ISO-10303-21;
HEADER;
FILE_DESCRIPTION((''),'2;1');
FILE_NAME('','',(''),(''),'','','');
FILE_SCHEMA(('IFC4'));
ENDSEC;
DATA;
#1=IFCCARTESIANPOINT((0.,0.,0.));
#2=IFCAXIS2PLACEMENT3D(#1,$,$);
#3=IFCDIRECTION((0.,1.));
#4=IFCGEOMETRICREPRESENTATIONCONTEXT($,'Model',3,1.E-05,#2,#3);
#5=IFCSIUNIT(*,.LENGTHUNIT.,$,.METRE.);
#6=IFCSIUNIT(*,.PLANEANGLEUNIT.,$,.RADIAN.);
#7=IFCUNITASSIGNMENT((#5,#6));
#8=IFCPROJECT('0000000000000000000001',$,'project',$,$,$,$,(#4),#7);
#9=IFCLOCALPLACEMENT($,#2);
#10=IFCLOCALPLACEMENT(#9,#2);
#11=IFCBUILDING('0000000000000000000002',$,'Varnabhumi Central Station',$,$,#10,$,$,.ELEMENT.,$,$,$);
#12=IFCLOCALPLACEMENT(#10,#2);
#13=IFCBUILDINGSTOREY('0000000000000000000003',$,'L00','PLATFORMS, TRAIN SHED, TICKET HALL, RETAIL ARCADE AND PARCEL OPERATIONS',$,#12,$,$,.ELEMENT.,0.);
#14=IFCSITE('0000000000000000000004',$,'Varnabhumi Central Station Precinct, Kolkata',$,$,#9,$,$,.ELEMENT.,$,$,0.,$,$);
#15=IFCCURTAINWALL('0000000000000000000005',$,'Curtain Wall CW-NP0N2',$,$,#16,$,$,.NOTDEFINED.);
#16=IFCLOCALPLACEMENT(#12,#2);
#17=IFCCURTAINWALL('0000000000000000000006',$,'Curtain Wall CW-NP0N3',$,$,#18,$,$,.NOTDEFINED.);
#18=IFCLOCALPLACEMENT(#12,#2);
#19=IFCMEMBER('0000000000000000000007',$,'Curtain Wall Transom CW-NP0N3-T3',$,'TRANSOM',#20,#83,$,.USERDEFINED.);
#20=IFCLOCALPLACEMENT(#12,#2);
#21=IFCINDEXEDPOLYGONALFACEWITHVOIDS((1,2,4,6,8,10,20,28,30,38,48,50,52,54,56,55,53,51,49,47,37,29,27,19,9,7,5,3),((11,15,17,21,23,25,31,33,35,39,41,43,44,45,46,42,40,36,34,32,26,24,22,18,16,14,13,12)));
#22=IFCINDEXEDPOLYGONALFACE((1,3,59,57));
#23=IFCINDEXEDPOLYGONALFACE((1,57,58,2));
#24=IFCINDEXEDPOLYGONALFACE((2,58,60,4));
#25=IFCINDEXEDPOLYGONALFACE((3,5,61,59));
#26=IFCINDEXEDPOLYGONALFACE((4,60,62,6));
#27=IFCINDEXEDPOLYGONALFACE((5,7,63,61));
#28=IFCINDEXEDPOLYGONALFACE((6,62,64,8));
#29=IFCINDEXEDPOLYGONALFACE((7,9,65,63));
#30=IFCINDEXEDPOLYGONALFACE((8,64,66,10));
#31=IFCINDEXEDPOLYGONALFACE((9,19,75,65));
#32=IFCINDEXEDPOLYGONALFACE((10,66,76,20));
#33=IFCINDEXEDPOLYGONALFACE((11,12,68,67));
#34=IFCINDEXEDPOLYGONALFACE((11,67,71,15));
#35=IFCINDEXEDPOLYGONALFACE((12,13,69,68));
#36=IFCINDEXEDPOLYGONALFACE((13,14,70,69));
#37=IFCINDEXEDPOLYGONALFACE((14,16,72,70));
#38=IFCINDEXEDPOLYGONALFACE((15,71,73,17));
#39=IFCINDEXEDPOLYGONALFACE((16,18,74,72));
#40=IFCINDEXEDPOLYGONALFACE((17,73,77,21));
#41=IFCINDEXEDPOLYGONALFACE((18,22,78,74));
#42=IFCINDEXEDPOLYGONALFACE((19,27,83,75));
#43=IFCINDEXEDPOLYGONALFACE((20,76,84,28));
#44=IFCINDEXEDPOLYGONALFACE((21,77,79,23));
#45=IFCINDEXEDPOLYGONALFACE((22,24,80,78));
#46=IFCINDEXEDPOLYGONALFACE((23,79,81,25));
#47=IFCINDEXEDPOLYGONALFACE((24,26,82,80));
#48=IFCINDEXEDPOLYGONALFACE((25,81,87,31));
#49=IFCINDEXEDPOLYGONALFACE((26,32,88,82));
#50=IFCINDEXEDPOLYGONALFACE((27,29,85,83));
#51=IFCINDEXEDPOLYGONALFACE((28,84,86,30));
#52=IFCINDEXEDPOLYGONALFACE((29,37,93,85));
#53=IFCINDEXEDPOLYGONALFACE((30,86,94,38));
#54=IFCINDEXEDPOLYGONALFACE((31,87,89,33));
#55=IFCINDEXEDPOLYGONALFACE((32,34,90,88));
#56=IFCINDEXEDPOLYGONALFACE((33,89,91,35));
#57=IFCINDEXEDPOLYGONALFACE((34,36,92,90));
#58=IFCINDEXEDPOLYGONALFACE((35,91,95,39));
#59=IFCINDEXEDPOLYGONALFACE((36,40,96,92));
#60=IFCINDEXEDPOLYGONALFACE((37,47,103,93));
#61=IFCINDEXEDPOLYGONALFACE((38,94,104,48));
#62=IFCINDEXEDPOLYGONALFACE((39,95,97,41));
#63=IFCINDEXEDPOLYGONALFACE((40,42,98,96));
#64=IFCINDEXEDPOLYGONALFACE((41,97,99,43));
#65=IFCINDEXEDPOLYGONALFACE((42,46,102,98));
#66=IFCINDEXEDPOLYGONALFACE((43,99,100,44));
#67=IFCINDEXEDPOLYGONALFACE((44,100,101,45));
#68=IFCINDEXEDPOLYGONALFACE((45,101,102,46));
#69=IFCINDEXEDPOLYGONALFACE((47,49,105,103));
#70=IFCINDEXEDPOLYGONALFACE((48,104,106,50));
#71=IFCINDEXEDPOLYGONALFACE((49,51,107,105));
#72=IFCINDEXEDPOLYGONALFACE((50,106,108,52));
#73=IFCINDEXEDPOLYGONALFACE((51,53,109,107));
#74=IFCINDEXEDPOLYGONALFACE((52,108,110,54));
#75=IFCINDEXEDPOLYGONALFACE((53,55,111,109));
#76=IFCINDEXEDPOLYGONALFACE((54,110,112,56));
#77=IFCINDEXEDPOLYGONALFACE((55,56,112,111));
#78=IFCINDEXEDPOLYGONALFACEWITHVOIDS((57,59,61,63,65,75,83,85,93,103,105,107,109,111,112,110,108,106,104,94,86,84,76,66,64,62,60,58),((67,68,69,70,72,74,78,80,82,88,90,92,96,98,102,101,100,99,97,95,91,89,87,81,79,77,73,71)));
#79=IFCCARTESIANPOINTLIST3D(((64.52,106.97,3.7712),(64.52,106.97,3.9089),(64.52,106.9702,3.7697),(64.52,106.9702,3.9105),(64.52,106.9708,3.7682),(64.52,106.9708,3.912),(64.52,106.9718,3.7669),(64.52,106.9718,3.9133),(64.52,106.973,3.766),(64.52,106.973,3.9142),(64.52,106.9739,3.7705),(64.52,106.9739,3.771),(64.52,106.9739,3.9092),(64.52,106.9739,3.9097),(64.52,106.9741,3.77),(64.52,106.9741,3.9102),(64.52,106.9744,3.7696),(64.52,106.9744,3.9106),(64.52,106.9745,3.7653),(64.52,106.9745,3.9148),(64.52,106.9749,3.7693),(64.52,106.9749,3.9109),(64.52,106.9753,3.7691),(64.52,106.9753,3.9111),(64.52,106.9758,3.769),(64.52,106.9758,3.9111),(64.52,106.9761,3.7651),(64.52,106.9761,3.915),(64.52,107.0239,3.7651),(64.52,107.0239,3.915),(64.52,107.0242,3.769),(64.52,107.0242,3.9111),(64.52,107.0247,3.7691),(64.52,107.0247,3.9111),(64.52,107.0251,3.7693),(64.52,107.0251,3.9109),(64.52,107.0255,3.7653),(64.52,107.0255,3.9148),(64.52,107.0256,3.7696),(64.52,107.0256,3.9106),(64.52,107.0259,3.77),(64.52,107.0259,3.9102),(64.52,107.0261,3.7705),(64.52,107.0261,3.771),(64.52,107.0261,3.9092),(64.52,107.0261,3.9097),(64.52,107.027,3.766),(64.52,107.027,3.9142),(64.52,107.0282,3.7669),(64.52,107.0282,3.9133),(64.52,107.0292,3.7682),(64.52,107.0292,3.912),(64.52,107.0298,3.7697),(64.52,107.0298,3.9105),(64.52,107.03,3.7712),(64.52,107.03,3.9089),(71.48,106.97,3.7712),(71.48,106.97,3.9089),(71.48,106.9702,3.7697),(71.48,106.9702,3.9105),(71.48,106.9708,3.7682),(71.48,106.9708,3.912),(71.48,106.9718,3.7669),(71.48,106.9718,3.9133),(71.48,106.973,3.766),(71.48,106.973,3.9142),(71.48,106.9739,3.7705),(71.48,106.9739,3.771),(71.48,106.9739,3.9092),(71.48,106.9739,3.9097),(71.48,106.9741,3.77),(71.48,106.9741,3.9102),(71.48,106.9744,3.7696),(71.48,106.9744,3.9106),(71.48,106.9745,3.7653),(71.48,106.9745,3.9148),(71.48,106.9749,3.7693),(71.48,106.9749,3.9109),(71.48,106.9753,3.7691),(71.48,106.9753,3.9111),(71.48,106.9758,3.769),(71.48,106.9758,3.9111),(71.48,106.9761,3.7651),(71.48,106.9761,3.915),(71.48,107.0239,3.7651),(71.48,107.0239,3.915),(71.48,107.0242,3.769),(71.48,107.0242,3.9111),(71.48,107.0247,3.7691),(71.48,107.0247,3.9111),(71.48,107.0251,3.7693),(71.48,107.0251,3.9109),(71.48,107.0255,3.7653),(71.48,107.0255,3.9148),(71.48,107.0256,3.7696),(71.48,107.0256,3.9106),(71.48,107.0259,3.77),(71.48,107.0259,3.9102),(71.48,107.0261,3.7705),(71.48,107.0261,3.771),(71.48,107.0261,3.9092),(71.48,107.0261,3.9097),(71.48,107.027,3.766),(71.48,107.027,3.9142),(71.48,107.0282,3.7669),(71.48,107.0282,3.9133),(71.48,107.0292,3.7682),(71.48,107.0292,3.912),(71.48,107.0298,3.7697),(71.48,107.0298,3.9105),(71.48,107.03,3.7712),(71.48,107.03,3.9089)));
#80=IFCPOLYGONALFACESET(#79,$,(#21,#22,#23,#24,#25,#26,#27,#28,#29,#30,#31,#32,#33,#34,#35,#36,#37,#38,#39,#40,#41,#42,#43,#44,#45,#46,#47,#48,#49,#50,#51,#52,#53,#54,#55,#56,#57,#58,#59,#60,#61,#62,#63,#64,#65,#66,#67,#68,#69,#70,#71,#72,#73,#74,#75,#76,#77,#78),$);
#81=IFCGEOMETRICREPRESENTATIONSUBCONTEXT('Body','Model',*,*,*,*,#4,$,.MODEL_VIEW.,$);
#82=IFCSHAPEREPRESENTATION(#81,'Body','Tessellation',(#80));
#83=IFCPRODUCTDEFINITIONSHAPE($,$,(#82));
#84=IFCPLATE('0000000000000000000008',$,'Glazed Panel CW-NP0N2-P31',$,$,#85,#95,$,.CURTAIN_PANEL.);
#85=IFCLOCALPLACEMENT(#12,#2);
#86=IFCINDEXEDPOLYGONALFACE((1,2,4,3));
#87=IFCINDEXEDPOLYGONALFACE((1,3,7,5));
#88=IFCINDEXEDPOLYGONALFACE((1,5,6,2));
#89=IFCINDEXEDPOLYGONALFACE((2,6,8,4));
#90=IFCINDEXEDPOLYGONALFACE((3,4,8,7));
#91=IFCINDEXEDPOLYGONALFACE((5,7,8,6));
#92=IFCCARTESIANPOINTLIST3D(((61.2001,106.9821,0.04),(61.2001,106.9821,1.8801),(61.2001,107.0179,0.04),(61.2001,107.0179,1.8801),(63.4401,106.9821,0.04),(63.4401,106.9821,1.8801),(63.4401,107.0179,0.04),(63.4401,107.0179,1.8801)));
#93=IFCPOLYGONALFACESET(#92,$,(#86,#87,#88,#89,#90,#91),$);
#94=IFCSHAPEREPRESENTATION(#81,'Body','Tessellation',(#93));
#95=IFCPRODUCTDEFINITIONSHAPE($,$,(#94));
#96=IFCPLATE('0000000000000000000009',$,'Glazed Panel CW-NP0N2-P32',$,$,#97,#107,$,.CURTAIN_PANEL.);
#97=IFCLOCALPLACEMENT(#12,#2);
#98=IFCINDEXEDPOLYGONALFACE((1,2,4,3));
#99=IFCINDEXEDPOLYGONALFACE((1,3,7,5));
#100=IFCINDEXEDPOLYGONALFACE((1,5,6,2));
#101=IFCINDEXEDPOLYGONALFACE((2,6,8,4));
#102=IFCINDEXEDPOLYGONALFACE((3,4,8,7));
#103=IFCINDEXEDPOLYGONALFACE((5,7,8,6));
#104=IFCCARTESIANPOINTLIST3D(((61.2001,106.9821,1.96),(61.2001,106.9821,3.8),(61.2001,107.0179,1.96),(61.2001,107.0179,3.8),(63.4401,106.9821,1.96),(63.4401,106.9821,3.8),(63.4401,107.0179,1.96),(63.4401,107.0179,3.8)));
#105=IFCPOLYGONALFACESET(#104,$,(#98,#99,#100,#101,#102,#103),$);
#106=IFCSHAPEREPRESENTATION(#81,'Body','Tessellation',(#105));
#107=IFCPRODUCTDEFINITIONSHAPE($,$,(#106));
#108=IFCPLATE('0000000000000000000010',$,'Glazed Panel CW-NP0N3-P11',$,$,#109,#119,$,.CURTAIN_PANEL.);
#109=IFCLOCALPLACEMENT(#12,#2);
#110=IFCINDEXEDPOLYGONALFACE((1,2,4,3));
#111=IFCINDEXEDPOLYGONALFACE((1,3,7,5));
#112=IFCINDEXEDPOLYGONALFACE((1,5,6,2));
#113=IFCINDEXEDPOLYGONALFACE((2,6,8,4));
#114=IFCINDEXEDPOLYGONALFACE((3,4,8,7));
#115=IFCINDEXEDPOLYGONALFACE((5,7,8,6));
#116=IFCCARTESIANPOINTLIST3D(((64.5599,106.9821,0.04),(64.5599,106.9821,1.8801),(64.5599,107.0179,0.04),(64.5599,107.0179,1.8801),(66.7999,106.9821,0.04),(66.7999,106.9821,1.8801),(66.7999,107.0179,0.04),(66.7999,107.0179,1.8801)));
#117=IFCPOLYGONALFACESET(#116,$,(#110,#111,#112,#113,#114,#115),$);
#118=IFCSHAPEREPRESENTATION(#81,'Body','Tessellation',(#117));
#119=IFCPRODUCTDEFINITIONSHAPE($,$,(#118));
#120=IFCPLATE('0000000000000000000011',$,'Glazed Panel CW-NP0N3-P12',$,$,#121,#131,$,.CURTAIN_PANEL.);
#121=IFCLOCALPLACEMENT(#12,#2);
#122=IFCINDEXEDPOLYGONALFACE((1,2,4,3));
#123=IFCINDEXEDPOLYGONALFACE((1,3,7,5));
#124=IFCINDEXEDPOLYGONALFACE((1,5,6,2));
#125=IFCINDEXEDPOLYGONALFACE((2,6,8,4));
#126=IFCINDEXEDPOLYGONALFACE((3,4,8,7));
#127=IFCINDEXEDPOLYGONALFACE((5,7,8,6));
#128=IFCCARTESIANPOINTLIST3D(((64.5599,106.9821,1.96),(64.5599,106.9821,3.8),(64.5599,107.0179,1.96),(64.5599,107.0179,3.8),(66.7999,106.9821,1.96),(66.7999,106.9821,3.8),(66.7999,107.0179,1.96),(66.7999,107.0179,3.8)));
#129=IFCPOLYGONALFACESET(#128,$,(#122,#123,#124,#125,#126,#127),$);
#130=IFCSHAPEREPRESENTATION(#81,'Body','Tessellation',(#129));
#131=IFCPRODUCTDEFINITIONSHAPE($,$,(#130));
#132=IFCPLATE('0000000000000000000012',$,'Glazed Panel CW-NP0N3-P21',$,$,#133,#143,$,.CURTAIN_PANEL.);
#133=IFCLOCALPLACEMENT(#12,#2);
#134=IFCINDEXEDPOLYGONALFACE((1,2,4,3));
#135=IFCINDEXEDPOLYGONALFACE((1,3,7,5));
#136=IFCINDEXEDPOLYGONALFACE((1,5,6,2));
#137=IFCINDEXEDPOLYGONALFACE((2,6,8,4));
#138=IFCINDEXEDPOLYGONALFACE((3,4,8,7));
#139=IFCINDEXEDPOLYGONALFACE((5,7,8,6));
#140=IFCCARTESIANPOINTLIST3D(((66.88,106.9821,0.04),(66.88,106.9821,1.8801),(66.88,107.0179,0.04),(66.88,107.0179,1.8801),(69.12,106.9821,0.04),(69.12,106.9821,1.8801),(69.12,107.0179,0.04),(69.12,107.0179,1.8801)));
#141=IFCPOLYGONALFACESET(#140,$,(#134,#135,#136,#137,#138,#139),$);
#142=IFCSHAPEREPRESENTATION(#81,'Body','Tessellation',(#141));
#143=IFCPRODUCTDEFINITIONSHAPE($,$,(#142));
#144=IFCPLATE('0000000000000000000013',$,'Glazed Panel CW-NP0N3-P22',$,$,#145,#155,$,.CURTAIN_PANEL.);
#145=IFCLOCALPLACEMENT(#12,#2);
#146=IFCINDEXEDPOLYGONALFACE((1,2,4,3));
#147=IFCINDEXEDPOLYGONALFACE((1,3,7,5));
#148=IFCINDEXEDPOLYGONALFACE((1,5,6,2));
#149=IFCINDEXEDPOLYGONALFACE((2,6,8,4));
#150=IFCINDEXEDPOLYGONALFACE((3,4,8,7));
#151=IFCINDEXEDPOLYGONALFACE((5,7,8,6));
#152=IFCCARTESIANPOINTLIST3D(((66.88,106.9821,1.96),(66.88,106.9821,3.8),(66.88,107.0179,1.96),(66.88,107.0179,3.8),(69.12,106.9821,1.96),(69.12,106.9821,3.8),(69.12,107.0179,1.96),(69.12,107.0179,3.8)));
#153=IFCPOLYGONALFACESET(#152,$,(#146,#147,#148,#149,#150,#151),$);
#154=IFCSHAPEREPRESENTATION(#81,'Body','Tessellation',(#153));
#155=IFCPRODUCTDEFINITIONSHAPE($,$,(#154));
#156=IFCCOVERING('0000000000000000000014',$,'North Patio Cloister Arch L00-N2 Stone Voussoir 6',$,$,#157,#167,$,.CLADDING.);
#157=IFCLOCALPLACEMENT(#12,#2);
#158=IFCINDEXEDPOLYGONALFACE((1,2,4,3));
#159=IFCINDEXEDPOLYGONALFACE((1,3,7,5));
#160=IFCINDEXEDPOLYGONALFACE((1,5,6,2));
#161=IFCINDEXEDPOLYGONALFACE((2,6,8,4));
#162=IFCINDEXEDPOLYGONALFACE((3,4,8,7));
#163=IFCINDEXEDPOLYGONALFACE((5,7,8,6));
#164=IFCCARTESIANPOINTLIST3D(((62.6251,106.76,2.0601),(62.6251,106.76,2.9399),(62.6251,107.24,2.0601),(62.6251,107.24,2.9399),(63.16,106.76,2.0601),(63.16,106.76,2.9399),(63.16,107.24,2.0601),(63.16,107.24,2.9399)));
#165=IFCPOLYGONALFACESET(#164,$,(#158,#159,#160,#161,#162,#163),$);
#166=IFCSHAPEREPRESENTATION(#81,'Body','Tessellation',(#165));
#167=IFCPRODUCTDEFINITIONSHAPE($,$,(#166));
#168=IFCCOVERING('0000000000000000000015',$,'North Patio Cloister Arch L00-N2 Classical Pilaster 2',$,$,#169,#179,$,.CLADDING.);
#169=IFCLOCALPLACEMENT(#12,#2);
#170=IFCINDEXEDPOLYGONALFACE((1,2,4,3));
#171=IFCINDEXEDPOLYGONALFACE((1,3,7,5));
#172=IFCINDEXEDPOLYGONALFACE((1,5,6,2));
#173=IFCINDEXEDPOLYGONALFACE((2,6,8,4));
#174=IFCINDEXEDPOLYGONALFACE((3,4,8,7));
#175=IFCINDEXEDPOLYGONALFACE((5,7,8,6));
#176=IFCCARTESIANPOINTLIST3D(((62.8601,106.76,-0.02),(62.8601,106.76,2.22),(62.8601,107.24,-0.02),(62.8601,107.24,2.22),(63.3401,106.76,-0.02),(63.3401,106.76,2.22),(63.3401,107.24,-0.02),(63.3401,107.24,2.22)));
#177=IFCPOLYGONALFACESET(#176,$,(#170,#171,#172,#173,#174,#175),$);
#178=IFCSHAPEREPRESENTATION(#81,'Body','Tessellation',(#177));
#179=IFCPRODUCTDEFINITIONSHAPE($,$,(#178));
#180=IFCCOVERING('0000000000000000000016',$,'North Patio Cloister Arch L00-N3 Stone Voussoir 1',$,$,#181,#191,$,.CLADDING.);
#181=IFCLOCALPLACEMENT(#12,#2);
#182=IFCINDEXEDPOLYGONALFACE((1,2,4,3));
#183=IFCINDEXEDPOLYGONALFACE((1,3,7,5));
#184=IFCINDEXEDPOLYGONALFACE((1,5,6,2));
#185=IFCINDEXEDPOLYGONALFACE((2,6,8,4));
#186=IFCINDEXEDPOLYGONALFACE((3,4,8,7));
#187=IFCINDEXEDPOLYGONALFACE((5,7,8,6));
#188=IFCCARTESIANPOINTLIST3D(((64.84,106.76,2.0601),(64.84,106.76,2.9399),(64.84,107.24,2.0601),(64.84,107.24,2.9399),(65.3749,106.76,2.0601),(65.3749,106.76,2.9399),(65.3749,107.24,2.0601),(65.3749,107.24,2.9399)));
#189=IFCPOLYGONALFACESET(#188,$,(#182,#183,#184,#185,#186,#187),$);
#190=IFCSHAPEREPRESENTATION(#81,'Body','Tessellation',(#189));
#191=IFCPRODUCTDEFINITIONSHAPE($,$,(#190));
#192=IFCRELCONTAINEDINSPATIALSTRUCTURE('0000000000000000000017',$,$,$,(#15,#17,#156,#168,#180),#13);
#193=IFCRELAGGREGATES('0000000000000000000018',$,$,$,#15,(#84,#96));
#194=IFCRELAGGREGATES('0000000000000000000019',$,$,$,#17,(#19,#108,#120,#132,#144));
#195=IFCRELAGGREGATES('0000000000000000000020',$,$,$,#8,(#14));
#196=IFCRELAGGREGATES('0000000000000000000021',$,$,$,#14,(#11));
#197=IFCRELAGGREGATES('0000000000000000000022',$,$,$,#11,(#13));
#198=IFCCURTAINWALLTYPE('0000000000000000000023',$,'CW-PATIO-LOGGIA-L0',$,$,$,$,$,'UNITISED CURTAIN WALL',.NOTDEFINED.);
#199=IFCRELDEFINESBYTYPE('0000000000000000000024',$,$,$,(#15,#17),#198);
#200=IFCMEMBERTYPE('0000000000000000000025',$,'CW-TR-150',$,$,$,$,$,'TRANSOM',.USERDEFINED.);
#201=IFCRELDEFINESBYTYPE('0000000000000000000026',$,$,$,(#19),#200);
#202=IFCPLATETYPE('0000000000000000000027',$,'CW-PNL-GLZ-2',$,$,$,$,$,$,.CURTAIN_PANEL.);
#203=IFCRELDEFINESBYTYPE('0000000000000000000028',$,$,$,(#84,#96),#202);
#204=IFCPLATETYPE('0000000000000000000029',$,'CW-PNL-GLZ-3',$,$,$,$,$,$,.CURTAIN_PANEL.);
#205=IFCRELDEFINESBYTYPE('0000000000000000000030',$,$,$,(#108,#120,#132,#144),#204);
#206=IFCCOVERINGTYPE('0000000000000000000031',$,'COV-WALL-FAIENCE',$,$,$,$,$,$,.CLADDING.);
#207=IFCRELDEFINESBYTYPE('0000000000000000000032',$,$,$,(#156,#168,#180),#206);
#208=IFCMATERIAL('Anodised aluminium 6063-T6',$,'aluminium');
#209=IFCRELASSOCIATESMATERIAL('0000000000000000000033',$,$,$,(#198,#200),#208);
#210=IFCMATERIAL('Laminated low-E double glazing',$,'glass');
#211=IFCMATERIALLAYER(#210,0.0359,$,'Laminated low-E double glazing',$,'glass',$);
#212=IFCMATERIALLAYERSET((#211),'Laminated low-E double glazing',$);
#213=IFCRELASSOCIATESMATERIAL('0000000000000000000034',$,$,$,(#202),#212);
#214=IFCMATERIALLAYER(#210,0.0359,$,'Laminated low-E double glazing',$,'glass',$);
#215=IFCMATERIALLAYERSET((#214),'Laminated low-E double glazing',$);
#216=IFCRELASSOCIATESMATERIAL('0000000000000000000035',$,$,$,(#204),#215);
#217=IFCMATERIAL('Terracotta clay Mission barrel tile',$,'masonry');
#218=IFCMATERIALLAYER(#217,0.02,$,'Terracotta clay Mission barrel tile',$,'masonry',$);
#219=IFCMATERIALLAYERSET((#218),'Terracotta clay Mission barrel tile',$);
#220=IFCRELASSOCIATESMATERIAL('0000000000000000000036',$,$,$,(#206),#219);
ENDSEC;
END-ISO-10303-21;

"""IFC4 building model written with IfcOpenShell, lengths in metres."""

from ifc_helpers import new_model, si_unit, direction, frame, origin, origin_2d, place, context, subcontext, project, spatial, rectangle, hollow_rectangle, extrude, material, layer, layer_set, material_profile, profile_set, type_object, element, aggregate, save


model = new_model("IFC4")

# Units and contexts
model_context = context("Model", 3, precision=1e-05, world=origin(), true_north=direction((0.0, 1.0)))
body_context = subcontext(model_context, "Body", "Model", "MODEL_VIEW")
ifc_project = project(units=[si_unit("LENGTHUNIT", "METRE"), si_unit("PLANEANGLEUNIT", "RADIAN")], contexts=[model_context])

# Site, building, storey
site_placement = place(None, origin())
site = spatial("IfcSite", under=ifc_project, at=site_placement, Name="Varnabhumi Central Station Precinct, Kolkata", CompositionType="ELEMENT", RefElevation=0.0)
building_placement = place(site_placement, origin())
building = spatial("IfcBuilding", under=site, at=building_placement, Name="Varnabhumi Central Station", CompositionType="ELEMENT")
storey_placement = place(building_placement, origin())
storey = spatial("IfcBuildingStorey", under=building, at=storey_placement, Name="L00", Description="PLATFORMS, TRAIN SHED, TICKET HALL, RETAIL ARCADE AND PARCEL OPERATIONS", CompositionType="ELEMENT", Elevation=0.0)

# Curtain wall
ifc_material_1 = material(Name="Anodised aluminium 6063-T6", Category="aluminium")
curtain_wall_type = type_object("IfcCurtainWallType", Name="CW-PATIO-LOGGIA-L0", ElementType="UNITISED CURTAIN WALL", PredefinedType="NOTDEFINED", material=ifc_material_1)
curtain_wall_1_placement = place(storey_placement, origin())
curtain_wall_1 = element("IfcCurtainWall", 1, at=curtain_wall_1_placement, inside=storey, type_object=curtain_wall_type, Name="Curtain Wall CW-NP0N2", PredefinedType="NOTDEFINED")

# Curtain wall, member
curtain_wall_2_placement = place(storey_placement, origin())
curtain_wall_2 = element("IfcCurtainWall", 2, at=curtain_wall_2_placement, inside=storey, type_object=curtain_wall_type, Name="Curtain Wall CW-NP0N3", PredefinedType="NOTDEFINED")
ifc_material_profile_1 = material_profile(ifc_material_1, hollow_rectangle(XDim=0.0601, YDim=0.1499, WallThickness=0.0039, InnerFilletRadius=0.002, OuterFilletRadius=0.0061, at=origin_2d()), Name="Anodised aluminium 6063-T6", Category="aluminium")
ifc_profile_set_1 = profile_set([ifc_material_profile_1], Name="Anodised aluminium 6063-T6")
member_type_1 = type_object("IfcMemberType", Name="CW-TR-150", ElementType="TRANSOM", PredefinedType="USERDEFINED", material=ifc_profile_set_1)
member_1_placement = place(storey_placement, frame((64.52, 107.0, 3.8401), z_axis=(1.0, 0.0, 0.0), x_axis=(0.0, 1.0, 0.0)))
member_1 = element("IfcMember", 3, at=member_1_placement, type_object=member_type_1, Name="Curtain Wall Transom CW-NP0N3-T3", ObjectType="TRANSOM", PredefinedType="USERDEFINED", context=body_context, shape_type="SweptSolid", body=[
    extrude(hollow_rectangle(XDim=0.0601, YDim=0.1499, WallThickness=0.0039, InnerFilletRadius=0.002, OuterFilletRadius=0.0061, at=origin_2d()), origin(), (0.0, 0.0, 1.0), 6.96),
])

# Plates
ifc_material_2 = material(Name="Laminated low-E double glazing", Category="glass")
ifc_layer_1 = layer(ifc_material_2, 0.0359, Name="Laminated low-E double glazing", Category="glass")
ifc_layer_set_1 = layer_set([ifc_layer_1], Name="Laminated low-E double glazing")
plate_type_1 = type_object("IfcPlateType", Name="CW-PNL-GLZ-2", PredefinedType="CURTAIN_PANEL", material=ifc_layer_set_1)
plate_1_placement = place(storey_placement, frame((62.3201, 107.0, 0.04), z_axis=(0.0, 0.0, 1.0), x_axis=(1.0, 0.0, 0.0)))
plate_1 = element("IfcPlate", 4, at=plate_1_placement, type_object=plate_type_1, Name="Glazed Panel CW-NP0N2-P31", PredefinedType="CURTAIN_PANEL", context=body_context, shape_type="SweptSolid", body=[
    extrude(rectangle(XDim=2.24, YDim=0.0359, at=origin_2d()), origin(), (0.0, 0.0, 1.0), 1.8401),
])
plate_2_placement = place(storey_placement, frame((62.3201, 107.0, 1.96), z_axis=(0.0, 0.0, 1.0), x_axis=(1.0, 0.0, 0.0)))
plate_2 = element("IfcPlate", 5, at=plate_2_placement, type_object=plate_type_1, Name="Glazed Panel CW-NP0N2-P32", PredefinedType="CURTAIN_PANEL", context=body_context, shape_type="SweptSolid", body=[
    extrude(rectangle(XDim=2.24, YDim=0.0359, at=origin_2d()), origin(), (0.0, 0.0, 1.0), 1.8401),
])
aggregate(curtain_wall_1, [plate_1, plate_2])
ifc_layer_2 = layer(ifc_material_2, 0.0359, Name="Laminated low-E double glazing", Category="glass")
ifc_layer_set_2 = layer_set([ifc_layer_2], Name="Laminated low-E double glazing")
plate_type_2 = type_object("IfcPlateType", Name="CW-PNL-GLZ-3", PredefinedType="CURTAIN_PANEL", material=ifc_layer_set_2)
plate_3_placement = place(storey_placement, frame((65.6799, 107.0, 0.04), z_axis=(0.0, 0.0, 1.0), x_axis=(1.0, 0.0, 0.0)))
plate_3 = element("IfcPlate", 6, at=plate_3_placement, type_object=plate_type_2, Name="Glazed Panel CW-NP0N3-P11", PredefinedType="CURTAIN_PANEL", context=body_context, shape_type="SweptSolid", body=[
    extrude(rectangle(XDim=2.24, YDim=0.0359, at=origin_2d()), origin(), (0.0, 0.0, 1.0), 1.8401),
])
plate_4_placement = place(storey_placement, frame((65.6799, 107.0, 1.96), z_axis=(0.0, 0.0, 1.0), x_axis=(1.0, 0.0, 0.0)))
plate_4 = element("IfcPlate", 7, at=plate_4_placement, type_object=plate_type_2, Name="Glazed Panel CW-NP0N3-P12", PredefinedType="CURTAIN_PANEL", context=body_context, shape_type="SweptSolid", body=[
    extrude(rectangle(XDim=2.24, YDim=0.0359, at=origin_2d()), origin(), (0.0, 0.0, 1.0), 1.8401),
])
plate_5_placement = place(storey_placement, frame((68.0, 107.0, 0.04), z_axis=(0.0, 0.0, 1.0), x_axis=(1.0, 0.0, 0.0)))
plate_5 = element("IfcPlate", 8, at=plate_5_placement, type_object=plate_type_2, Name="Glazed Panel CW-NP0N3-P21", PredefinedType="CURTAIN_PANEL", context=body_context, shape_type="SweptSolid", body=[
    extrude(rectangle(XDim=2.24, YDim=0.0359, at=origin_2d()), origin(), (0.0, 0.0, 1.0), 1.8401),
])
plate_6_placement = place(storey_placement, frame((68.0, 107.0, 1.96), z_axis=(0.0, 0.0, 1.0), x_axis=(1.0, 0.0, 0.0)))
plate_6 = element("IfcPlate", 9, at=plate_6_placement, type_object=plate_type_2, Name="Glazed Panel CW-NP0N3-P22", PredefinedType="CURTAIN_PANEL", context=body_context, shape_type="SweptSolid", body=[
    extrude(rectangle(XDim=2.24, YDim=0.0359, at=origin_2d()), origin(), (0.0, 0.0, 1.0), 1.8401),
])
aggregate(curtain_wall_2, [member_1, plate_3, plate_4, plate_5, plate_6])

# Coverings
ifc_material_3 = material(Name="Terracotta clay Mission barrel tile", Category="masonry")
ifc_layer_3 = layer(ifc_material_3, 0.02, Name="Terracotta clay Mission barrel tile", Category="masonry")
ifc_layer_set_3 = layer_set([ifc_layer_3], Name="Terracotta clay Mission barrel tile")
covering_type = type_object("IfcCoveringType", Name="COV-WALL-FAIENCE", PredefinedType="CLADDING", material=ifc_layer_set_3)
covering_1_placement = place(storey_placement, frame((62.8926, 107.0, 2.0601), z_axis=(0.0, 0.0, 1.0), x_axis=(1.0, 0.0, 0.0)))
element("IfcCovering", 10, at=covering_1_placement, inside=storey, type_object=covering_type, Name="North Patio Cloister Arch L00-N2 Stone Voussoir 6", PredefinedType="CLADDING", context=body_context, shape_type="SweptSolid", body=[
    extrude(rectangle(XDim=0.5349, YDim=0.48, at=origin_2d()), origin(), (0.0, 0.0, 1.0), 0.8799),
])
covering_2_placement = place(storey_placement, frame((63.1001, 107.0, -0.02), z_axis=(0.0, 0.0, 1.0), x_axis=(1.0, 0.0, 0.0)))
element("IfcCovering", 11, at=covering_2_placement, inside=storey, type_object=covering_type, Name="North Patio Cloister Arch L00-N2 Classical Pilaster 2", PredefinedType="CLADDING", context=body_context, shape_type="SweptSolid", body=[
    extrude(rectangle(XDim=0.48, YDim=0.48, at=origin_2d()), origin(), (0.0, 0.0, 1.0), 2.24),
])
covering_3_placement = place(storey_placement, frame((65.1074, 107.0, 2.0601), z_axis=(0.0, 0.0, 1.0), x_axis=(1.0, 0.0, 0.0)))
element("IfcCovering", 12, at=covering_3_placement, inside=storey, type_object=covering_type, Name="North Patio Cloister Arch L00-N3 Stone Voussoir 1", PredefinedType="CLADDING", context=body_context, shape_type="SweptSolid", body=[
    extrude(rectangle(XDim=0.5349, YDim=0.48, at=origin_2d()), origin(), (0.0, 0.0, 1.0), 0.8799),
])

save(model, "model.ifc")
